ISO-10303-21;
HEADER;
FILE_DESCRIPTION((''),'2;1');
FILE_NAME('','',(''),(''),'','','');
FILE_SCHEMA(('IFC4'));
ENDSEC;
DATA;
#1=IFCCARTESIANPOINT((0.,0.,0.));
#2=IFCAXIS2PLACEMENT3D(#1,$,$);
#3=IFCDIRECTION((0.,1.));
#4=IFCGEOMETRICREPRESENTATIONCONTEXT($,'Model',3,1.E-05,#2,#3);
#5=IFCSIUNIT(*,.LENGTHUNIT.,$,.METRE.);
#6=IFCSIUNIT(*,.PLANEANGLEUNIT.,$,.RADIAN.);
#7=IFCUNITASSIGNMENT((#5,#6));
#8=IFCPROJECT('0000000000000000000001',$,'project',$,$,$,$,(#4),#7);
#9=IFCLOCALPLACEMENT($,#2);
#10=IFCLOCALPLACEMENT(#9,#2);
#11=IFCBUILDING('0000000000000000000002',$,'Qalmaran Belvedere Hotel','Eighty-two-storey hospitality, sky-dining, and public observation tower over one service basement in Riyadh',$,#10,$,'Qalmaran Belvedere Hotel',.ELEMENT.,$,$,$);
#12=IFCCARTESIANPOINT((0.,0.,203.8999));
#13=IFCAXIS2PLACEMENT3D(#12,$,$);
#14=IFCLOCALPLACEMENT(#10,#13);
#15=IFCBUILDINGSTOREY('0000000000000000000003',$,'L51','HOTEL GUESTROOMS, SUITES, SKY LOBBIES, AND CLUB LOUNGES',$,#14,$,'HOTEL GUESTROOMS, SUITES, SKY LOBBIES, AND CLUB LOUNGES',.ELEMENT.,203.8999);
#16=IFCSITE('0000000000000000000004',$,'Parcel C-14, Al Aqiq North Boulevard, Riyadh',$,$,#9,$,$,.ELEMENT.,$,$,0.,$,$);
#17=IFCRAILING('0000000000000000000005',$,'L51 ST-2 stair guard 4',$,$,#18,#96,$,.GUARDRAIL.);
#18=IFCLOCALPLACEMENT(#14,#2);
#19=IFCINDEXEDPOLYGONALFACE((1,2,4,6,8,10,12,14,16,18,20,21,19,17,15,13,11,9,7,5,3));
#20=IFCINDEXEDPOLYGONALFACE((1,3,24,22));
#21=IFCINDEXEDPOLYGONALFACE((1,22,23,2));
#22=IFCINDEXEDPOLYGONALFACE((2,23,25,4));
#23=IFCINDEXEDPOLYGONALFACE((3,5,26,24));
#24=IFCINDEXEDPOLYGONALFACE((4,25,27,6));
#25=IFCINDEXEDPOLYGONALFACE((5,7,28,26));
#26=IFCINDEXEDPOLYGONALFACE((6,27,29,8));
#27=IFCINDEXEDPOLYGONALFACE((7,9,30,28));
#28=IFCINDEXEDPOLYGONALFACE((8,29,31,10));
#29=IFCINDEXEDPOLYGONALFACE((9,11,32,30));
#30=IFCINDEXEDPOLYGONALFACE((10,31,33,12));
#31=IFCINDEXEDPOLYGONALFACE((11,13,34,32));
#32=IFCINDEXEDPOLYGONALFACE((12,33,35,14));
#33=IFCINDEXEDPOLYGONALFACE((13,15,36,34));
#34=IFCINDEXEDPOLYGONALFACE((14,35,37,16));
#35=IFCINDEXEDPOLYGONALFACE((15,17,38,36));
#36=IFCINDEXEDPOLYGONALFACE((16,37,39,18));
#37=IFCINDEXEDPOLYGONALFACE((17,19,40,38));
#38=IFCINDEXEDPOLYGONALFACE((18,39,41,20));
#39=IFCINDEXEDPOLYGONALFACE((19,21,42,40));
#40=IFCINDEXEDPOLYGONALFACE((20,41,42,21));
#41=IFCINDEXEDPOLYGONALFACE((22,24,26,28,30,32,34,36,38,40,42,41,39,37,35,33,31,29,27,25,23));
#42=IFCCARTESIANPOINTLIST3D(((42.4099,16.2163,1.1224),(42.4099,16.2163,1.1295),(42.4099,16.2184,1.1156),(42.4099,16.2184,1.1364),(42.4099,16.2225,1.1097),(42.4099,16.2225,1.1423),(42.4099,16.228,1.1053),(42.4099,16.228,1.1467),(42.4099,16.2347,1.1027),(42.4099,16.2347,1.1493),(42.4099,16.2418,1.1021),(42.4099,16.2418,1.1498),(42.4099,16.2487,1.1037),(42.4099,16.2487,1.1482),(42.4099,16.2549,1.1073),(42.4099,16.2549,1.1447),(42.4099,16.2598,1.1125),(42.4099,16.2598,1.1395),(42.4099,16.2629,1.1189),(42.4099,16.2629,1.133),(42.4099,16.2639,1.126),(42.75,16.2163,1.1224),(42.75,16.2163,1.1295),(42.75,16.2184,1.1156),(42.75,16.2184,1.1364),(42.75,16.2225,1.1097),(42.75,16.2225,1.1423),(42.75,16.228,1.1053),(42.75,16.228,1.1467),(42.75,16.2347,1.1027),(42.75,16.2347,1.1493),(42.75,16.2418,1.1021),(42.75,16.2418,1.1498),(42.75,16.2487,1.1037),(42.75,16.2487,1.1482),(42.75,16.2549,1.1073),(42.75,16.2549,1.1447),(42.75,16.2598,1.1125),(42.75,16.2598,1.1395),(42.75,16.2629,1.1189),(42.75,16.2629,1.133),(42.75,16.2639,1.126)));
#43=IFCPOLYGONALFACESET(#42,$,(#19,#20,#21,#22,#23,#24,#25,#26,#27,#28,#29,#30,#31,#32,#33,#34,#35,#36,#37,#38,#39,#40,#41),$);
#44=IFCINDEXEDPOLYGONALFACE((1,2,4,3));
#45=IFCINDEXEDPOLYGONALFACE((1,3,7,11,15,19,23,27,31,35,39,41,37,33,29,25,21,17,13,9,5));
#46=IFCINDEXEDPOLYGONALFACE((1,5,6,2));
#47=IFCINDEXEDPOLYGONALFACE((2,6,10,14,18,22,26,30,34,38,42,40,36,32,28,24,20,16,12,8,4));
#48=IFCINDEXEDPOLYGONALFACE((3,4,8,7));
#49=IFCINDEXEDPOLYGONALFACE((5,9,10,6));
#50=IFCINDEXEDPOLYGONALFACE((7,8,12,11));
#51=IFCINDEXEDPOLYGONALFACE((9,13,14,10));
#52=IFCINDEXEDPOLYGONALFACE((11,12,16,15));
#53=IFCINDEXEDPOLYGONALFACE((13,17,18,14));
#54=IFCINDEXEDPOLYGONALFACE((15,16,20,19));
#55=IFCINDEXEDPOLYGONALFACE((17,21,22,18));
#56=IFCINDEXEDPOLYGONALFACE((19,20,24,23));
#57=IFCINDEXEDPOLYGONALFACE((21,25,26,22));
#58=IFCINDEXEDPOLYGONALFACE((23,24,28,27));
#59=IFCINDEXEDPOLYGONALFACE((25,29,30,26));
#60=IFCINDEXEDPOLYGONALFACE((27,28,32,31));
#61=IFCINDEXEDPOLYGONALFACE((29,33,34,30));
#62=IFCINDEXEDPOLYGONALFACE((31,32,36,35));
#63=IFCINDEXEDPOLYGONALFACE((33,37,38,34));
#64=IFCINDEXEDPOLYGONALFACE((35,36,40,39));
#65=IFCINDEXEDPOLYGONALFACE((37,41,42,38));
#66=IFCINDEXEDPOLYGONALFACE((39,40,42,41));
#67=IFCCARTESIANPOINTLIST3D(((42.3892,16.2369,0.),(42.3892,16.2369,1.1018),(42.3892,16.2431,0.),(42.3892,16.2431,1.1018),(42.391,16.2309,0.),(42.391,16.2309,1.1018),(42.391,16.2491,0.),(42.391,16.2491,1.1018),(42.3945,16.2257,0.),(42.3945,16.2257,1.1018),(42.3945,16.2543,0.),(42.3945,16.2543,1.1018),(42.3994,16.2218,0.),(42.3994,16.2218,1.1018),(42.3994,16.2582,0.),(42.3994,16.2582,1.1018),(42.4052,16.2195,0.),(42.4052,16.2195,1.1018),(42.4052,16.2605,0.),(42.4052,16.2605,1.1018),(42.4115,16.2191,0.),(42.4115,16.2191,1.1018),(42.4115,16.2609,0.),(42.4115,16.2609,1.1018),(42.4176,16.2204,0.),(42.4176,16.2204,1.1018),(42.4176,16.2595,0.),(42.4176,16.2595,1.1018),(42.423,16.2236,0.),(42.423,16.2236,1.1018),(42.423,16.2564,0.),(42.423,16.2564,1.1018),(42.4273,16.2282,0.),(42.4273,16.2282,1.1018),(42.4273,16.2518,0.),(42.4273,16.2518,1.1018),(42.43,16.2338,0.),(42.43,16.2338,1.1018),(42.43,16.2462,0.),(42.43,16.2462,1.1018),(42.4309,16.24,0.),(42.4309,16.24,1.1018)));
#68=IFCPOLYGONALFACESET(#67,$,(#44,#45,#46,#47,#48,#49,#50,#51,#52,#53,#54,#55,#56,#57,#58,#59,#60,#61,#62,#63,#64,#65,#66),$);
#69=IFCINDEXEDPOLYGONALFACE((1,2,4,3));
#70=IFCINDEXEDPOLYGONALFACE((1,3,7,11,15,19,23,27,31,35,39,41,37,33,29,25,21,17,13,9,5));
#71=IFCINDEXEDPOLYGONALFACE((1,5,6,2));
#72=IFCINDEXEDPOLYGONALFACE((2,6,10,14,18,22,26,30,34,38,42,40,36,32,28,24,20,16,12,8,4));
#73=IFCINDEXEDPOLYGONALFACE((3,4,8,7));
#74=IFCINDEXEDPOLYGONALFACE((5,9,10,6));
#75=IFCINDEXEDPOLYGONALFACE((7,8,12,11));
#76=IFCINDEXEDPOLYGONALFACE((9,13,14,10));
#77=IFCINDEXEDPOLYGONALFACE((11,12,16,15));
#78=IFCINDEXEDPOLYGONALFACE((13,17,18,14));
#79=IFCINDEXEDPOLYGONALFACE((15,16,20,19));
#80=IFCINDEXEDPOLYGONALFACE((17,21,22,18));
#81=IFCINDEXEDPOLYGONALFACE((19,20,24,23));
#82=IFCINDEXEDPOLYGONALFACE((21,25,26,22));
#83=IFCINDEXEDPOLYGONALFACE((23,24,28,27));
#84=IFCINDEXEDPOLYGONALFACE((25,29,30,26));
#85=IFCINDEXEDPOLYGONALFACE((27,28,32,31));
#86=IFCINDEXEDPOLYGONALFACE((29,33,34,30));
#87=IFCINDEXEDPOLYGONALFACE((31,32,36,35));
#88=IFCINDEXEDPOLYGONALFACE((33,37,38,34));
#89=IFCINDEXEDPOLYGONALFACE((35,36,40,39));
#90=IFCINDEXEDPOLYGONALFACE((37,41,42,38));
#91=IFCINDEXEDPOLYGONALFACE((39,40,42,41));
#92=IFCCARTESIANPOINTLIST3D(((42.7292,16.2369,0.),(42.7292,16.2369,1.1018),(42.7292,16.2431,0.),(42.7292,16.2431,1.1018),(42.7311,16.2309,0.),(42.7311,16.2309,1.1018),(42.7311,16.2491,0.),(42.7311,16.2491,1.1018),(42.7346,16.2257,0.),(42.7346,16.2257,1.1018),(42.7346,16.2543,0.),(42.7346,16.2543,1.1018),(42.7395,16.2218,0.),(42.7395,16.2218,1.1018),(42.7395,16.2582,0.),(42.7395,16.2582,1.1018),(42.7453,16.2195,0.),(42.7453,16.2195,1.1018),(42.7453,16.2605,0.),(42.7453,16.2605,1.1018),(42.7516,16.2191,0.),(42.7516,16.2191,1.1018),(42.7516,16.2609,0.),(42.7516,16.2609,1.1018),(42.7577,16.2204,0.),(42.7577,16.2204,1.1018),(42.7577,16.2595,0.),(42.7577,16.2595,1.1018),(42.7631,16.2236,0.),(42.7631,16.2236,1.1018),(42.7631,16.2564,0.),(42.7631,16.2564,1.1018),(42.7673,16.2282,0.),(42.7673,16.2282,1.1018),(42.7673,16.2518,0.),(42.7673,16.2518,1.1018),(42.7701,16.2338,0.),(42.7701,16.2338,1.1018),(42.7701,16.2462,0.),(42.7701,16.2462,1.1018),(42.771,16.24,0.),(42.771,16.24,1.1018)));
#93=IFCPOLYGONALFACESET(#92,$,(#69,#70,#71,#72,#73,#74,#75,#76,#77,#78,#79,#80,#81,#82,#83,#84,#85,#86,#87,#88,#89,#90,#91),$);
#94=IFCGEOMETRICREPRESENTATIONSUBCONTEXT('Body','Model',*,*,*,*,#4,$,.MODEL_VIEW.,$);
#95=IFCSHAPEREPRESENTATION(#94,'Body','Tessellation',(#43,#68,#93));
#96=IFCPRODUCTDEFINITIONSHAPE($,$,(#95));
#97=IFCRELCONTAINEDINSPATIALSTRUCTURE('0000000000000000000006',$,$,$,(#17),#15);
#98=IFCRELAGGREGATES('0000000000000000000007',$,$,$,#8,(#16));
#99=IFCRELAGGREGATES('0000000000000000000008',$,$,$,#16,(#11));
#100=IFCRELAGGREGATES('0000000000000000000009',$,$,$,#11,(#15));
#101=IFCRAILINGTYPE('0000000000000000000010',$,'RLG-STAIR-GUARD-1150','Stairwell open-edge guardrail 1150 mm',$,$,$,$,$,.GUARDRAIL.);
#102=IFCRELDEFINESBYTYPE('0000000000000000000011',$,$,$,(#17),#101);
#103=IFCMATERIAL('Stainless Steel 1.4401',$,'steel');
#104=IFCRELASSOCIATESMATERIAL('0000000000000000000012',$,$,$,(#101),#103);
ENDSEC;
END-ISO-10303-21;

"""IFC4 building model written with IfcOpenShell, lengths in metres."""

from ifc_helpers import new_model, si_unit, direction, frame, origin, origin_2d, place, context, subcontext, project, spatial, circle, extrude, material, type_object, element, save


model = new_model("IFC4")

# Units and contexts
model_context = context("Model", 3, precision=1e-05, world=origin(), true_north=direction((0.0, 1.0)))
body_context = subcontext(model_context, "Body", "Model", "MODEL_VIEW")
ifc_project = project(units=[si_unit("LENGTHUNIT", "METRE"), si_unit("PLANEANGLEUNIT", "RADIAN")], contexts=[model_context])

# Site, building, storey
site_placement = place(None, origin())
site = spatial("IfcSite", under=ifc_project, at=site_placement, Name="Parcel C-14, Al Aqiq North Boulevard, Riyadh", CompositionType="ELEMENT", RefElevation=0.0)
building_placement = place(site_placement, origin())
building = spatial("IfcBuilding", under=site, at=building_placement, Name="Qalmaran Belvedere Hotel", Description="Eighty-two-storey hospitality, sky-dining, and public observation tower over one service basement in Riyadh", LongName="Qalmaran Belvedere Hotel", CompositionType="ELEMENT")
storey_placement = place(building_placement, frame((0.0, 0.0, 203.8999)))
storey = spatial("IfcBuildingStorey", under=building, at=storey_placement, Name="L51", Description="HOTEL GUESTROOMS, SUITES, SKY LOBBIES, AND CLUB LOUNGES", LongName="HOTEL GUESTROOMS, SUITES, SKY LOBBIES, AND CLUB LOUNGES", CompositionType="ELEMENT", Elevation=203.8999)

# Railing
ifc_material_1 = material(Name="Stainless Steel 1.4401", Category="steel")
railing_type_1 = type_object("IfcRailingType", Name="RLG-STAIR-GUARD-1150", Description="Stairwell open-edge guardrail 1150 mm", PredefinedType="GUARDRAIL", material=ifc_material_1)
railing_1_placement = place(storey_placement, frame((42.4099, 16.24, 0.0)))
element("IfcRailing", 1, at=railing_1_placement, inside=storey, type_object=railing_type_1, Name="L51 ST-2 stair guard 4", PredefinedType="GUARDRAIL", context=body_context, shape_type="SweptSolid", body=[
    extrude(circle(Radius=0.0239, at=origin_2d()), frame((0.0, 0.0, 1.126), z_axis=(1.0, 0.0, 0.0), x_axis=(0.0, 1.0, 0.0)), (0.0, 0.0, 1.0), 0.3401),
    extrude(circle(Radius=0.021, at=origin_2d()), origin(), (0.0, 0.0, 1.0), 1.1018),
    extrude(circle(Radius=0.021, at=origin_2d()), frame((0.3401, 0.0, 0.0)), (0.0, 0.0, 1.0), 1.1018),
])

save(model, "model.ifc")
